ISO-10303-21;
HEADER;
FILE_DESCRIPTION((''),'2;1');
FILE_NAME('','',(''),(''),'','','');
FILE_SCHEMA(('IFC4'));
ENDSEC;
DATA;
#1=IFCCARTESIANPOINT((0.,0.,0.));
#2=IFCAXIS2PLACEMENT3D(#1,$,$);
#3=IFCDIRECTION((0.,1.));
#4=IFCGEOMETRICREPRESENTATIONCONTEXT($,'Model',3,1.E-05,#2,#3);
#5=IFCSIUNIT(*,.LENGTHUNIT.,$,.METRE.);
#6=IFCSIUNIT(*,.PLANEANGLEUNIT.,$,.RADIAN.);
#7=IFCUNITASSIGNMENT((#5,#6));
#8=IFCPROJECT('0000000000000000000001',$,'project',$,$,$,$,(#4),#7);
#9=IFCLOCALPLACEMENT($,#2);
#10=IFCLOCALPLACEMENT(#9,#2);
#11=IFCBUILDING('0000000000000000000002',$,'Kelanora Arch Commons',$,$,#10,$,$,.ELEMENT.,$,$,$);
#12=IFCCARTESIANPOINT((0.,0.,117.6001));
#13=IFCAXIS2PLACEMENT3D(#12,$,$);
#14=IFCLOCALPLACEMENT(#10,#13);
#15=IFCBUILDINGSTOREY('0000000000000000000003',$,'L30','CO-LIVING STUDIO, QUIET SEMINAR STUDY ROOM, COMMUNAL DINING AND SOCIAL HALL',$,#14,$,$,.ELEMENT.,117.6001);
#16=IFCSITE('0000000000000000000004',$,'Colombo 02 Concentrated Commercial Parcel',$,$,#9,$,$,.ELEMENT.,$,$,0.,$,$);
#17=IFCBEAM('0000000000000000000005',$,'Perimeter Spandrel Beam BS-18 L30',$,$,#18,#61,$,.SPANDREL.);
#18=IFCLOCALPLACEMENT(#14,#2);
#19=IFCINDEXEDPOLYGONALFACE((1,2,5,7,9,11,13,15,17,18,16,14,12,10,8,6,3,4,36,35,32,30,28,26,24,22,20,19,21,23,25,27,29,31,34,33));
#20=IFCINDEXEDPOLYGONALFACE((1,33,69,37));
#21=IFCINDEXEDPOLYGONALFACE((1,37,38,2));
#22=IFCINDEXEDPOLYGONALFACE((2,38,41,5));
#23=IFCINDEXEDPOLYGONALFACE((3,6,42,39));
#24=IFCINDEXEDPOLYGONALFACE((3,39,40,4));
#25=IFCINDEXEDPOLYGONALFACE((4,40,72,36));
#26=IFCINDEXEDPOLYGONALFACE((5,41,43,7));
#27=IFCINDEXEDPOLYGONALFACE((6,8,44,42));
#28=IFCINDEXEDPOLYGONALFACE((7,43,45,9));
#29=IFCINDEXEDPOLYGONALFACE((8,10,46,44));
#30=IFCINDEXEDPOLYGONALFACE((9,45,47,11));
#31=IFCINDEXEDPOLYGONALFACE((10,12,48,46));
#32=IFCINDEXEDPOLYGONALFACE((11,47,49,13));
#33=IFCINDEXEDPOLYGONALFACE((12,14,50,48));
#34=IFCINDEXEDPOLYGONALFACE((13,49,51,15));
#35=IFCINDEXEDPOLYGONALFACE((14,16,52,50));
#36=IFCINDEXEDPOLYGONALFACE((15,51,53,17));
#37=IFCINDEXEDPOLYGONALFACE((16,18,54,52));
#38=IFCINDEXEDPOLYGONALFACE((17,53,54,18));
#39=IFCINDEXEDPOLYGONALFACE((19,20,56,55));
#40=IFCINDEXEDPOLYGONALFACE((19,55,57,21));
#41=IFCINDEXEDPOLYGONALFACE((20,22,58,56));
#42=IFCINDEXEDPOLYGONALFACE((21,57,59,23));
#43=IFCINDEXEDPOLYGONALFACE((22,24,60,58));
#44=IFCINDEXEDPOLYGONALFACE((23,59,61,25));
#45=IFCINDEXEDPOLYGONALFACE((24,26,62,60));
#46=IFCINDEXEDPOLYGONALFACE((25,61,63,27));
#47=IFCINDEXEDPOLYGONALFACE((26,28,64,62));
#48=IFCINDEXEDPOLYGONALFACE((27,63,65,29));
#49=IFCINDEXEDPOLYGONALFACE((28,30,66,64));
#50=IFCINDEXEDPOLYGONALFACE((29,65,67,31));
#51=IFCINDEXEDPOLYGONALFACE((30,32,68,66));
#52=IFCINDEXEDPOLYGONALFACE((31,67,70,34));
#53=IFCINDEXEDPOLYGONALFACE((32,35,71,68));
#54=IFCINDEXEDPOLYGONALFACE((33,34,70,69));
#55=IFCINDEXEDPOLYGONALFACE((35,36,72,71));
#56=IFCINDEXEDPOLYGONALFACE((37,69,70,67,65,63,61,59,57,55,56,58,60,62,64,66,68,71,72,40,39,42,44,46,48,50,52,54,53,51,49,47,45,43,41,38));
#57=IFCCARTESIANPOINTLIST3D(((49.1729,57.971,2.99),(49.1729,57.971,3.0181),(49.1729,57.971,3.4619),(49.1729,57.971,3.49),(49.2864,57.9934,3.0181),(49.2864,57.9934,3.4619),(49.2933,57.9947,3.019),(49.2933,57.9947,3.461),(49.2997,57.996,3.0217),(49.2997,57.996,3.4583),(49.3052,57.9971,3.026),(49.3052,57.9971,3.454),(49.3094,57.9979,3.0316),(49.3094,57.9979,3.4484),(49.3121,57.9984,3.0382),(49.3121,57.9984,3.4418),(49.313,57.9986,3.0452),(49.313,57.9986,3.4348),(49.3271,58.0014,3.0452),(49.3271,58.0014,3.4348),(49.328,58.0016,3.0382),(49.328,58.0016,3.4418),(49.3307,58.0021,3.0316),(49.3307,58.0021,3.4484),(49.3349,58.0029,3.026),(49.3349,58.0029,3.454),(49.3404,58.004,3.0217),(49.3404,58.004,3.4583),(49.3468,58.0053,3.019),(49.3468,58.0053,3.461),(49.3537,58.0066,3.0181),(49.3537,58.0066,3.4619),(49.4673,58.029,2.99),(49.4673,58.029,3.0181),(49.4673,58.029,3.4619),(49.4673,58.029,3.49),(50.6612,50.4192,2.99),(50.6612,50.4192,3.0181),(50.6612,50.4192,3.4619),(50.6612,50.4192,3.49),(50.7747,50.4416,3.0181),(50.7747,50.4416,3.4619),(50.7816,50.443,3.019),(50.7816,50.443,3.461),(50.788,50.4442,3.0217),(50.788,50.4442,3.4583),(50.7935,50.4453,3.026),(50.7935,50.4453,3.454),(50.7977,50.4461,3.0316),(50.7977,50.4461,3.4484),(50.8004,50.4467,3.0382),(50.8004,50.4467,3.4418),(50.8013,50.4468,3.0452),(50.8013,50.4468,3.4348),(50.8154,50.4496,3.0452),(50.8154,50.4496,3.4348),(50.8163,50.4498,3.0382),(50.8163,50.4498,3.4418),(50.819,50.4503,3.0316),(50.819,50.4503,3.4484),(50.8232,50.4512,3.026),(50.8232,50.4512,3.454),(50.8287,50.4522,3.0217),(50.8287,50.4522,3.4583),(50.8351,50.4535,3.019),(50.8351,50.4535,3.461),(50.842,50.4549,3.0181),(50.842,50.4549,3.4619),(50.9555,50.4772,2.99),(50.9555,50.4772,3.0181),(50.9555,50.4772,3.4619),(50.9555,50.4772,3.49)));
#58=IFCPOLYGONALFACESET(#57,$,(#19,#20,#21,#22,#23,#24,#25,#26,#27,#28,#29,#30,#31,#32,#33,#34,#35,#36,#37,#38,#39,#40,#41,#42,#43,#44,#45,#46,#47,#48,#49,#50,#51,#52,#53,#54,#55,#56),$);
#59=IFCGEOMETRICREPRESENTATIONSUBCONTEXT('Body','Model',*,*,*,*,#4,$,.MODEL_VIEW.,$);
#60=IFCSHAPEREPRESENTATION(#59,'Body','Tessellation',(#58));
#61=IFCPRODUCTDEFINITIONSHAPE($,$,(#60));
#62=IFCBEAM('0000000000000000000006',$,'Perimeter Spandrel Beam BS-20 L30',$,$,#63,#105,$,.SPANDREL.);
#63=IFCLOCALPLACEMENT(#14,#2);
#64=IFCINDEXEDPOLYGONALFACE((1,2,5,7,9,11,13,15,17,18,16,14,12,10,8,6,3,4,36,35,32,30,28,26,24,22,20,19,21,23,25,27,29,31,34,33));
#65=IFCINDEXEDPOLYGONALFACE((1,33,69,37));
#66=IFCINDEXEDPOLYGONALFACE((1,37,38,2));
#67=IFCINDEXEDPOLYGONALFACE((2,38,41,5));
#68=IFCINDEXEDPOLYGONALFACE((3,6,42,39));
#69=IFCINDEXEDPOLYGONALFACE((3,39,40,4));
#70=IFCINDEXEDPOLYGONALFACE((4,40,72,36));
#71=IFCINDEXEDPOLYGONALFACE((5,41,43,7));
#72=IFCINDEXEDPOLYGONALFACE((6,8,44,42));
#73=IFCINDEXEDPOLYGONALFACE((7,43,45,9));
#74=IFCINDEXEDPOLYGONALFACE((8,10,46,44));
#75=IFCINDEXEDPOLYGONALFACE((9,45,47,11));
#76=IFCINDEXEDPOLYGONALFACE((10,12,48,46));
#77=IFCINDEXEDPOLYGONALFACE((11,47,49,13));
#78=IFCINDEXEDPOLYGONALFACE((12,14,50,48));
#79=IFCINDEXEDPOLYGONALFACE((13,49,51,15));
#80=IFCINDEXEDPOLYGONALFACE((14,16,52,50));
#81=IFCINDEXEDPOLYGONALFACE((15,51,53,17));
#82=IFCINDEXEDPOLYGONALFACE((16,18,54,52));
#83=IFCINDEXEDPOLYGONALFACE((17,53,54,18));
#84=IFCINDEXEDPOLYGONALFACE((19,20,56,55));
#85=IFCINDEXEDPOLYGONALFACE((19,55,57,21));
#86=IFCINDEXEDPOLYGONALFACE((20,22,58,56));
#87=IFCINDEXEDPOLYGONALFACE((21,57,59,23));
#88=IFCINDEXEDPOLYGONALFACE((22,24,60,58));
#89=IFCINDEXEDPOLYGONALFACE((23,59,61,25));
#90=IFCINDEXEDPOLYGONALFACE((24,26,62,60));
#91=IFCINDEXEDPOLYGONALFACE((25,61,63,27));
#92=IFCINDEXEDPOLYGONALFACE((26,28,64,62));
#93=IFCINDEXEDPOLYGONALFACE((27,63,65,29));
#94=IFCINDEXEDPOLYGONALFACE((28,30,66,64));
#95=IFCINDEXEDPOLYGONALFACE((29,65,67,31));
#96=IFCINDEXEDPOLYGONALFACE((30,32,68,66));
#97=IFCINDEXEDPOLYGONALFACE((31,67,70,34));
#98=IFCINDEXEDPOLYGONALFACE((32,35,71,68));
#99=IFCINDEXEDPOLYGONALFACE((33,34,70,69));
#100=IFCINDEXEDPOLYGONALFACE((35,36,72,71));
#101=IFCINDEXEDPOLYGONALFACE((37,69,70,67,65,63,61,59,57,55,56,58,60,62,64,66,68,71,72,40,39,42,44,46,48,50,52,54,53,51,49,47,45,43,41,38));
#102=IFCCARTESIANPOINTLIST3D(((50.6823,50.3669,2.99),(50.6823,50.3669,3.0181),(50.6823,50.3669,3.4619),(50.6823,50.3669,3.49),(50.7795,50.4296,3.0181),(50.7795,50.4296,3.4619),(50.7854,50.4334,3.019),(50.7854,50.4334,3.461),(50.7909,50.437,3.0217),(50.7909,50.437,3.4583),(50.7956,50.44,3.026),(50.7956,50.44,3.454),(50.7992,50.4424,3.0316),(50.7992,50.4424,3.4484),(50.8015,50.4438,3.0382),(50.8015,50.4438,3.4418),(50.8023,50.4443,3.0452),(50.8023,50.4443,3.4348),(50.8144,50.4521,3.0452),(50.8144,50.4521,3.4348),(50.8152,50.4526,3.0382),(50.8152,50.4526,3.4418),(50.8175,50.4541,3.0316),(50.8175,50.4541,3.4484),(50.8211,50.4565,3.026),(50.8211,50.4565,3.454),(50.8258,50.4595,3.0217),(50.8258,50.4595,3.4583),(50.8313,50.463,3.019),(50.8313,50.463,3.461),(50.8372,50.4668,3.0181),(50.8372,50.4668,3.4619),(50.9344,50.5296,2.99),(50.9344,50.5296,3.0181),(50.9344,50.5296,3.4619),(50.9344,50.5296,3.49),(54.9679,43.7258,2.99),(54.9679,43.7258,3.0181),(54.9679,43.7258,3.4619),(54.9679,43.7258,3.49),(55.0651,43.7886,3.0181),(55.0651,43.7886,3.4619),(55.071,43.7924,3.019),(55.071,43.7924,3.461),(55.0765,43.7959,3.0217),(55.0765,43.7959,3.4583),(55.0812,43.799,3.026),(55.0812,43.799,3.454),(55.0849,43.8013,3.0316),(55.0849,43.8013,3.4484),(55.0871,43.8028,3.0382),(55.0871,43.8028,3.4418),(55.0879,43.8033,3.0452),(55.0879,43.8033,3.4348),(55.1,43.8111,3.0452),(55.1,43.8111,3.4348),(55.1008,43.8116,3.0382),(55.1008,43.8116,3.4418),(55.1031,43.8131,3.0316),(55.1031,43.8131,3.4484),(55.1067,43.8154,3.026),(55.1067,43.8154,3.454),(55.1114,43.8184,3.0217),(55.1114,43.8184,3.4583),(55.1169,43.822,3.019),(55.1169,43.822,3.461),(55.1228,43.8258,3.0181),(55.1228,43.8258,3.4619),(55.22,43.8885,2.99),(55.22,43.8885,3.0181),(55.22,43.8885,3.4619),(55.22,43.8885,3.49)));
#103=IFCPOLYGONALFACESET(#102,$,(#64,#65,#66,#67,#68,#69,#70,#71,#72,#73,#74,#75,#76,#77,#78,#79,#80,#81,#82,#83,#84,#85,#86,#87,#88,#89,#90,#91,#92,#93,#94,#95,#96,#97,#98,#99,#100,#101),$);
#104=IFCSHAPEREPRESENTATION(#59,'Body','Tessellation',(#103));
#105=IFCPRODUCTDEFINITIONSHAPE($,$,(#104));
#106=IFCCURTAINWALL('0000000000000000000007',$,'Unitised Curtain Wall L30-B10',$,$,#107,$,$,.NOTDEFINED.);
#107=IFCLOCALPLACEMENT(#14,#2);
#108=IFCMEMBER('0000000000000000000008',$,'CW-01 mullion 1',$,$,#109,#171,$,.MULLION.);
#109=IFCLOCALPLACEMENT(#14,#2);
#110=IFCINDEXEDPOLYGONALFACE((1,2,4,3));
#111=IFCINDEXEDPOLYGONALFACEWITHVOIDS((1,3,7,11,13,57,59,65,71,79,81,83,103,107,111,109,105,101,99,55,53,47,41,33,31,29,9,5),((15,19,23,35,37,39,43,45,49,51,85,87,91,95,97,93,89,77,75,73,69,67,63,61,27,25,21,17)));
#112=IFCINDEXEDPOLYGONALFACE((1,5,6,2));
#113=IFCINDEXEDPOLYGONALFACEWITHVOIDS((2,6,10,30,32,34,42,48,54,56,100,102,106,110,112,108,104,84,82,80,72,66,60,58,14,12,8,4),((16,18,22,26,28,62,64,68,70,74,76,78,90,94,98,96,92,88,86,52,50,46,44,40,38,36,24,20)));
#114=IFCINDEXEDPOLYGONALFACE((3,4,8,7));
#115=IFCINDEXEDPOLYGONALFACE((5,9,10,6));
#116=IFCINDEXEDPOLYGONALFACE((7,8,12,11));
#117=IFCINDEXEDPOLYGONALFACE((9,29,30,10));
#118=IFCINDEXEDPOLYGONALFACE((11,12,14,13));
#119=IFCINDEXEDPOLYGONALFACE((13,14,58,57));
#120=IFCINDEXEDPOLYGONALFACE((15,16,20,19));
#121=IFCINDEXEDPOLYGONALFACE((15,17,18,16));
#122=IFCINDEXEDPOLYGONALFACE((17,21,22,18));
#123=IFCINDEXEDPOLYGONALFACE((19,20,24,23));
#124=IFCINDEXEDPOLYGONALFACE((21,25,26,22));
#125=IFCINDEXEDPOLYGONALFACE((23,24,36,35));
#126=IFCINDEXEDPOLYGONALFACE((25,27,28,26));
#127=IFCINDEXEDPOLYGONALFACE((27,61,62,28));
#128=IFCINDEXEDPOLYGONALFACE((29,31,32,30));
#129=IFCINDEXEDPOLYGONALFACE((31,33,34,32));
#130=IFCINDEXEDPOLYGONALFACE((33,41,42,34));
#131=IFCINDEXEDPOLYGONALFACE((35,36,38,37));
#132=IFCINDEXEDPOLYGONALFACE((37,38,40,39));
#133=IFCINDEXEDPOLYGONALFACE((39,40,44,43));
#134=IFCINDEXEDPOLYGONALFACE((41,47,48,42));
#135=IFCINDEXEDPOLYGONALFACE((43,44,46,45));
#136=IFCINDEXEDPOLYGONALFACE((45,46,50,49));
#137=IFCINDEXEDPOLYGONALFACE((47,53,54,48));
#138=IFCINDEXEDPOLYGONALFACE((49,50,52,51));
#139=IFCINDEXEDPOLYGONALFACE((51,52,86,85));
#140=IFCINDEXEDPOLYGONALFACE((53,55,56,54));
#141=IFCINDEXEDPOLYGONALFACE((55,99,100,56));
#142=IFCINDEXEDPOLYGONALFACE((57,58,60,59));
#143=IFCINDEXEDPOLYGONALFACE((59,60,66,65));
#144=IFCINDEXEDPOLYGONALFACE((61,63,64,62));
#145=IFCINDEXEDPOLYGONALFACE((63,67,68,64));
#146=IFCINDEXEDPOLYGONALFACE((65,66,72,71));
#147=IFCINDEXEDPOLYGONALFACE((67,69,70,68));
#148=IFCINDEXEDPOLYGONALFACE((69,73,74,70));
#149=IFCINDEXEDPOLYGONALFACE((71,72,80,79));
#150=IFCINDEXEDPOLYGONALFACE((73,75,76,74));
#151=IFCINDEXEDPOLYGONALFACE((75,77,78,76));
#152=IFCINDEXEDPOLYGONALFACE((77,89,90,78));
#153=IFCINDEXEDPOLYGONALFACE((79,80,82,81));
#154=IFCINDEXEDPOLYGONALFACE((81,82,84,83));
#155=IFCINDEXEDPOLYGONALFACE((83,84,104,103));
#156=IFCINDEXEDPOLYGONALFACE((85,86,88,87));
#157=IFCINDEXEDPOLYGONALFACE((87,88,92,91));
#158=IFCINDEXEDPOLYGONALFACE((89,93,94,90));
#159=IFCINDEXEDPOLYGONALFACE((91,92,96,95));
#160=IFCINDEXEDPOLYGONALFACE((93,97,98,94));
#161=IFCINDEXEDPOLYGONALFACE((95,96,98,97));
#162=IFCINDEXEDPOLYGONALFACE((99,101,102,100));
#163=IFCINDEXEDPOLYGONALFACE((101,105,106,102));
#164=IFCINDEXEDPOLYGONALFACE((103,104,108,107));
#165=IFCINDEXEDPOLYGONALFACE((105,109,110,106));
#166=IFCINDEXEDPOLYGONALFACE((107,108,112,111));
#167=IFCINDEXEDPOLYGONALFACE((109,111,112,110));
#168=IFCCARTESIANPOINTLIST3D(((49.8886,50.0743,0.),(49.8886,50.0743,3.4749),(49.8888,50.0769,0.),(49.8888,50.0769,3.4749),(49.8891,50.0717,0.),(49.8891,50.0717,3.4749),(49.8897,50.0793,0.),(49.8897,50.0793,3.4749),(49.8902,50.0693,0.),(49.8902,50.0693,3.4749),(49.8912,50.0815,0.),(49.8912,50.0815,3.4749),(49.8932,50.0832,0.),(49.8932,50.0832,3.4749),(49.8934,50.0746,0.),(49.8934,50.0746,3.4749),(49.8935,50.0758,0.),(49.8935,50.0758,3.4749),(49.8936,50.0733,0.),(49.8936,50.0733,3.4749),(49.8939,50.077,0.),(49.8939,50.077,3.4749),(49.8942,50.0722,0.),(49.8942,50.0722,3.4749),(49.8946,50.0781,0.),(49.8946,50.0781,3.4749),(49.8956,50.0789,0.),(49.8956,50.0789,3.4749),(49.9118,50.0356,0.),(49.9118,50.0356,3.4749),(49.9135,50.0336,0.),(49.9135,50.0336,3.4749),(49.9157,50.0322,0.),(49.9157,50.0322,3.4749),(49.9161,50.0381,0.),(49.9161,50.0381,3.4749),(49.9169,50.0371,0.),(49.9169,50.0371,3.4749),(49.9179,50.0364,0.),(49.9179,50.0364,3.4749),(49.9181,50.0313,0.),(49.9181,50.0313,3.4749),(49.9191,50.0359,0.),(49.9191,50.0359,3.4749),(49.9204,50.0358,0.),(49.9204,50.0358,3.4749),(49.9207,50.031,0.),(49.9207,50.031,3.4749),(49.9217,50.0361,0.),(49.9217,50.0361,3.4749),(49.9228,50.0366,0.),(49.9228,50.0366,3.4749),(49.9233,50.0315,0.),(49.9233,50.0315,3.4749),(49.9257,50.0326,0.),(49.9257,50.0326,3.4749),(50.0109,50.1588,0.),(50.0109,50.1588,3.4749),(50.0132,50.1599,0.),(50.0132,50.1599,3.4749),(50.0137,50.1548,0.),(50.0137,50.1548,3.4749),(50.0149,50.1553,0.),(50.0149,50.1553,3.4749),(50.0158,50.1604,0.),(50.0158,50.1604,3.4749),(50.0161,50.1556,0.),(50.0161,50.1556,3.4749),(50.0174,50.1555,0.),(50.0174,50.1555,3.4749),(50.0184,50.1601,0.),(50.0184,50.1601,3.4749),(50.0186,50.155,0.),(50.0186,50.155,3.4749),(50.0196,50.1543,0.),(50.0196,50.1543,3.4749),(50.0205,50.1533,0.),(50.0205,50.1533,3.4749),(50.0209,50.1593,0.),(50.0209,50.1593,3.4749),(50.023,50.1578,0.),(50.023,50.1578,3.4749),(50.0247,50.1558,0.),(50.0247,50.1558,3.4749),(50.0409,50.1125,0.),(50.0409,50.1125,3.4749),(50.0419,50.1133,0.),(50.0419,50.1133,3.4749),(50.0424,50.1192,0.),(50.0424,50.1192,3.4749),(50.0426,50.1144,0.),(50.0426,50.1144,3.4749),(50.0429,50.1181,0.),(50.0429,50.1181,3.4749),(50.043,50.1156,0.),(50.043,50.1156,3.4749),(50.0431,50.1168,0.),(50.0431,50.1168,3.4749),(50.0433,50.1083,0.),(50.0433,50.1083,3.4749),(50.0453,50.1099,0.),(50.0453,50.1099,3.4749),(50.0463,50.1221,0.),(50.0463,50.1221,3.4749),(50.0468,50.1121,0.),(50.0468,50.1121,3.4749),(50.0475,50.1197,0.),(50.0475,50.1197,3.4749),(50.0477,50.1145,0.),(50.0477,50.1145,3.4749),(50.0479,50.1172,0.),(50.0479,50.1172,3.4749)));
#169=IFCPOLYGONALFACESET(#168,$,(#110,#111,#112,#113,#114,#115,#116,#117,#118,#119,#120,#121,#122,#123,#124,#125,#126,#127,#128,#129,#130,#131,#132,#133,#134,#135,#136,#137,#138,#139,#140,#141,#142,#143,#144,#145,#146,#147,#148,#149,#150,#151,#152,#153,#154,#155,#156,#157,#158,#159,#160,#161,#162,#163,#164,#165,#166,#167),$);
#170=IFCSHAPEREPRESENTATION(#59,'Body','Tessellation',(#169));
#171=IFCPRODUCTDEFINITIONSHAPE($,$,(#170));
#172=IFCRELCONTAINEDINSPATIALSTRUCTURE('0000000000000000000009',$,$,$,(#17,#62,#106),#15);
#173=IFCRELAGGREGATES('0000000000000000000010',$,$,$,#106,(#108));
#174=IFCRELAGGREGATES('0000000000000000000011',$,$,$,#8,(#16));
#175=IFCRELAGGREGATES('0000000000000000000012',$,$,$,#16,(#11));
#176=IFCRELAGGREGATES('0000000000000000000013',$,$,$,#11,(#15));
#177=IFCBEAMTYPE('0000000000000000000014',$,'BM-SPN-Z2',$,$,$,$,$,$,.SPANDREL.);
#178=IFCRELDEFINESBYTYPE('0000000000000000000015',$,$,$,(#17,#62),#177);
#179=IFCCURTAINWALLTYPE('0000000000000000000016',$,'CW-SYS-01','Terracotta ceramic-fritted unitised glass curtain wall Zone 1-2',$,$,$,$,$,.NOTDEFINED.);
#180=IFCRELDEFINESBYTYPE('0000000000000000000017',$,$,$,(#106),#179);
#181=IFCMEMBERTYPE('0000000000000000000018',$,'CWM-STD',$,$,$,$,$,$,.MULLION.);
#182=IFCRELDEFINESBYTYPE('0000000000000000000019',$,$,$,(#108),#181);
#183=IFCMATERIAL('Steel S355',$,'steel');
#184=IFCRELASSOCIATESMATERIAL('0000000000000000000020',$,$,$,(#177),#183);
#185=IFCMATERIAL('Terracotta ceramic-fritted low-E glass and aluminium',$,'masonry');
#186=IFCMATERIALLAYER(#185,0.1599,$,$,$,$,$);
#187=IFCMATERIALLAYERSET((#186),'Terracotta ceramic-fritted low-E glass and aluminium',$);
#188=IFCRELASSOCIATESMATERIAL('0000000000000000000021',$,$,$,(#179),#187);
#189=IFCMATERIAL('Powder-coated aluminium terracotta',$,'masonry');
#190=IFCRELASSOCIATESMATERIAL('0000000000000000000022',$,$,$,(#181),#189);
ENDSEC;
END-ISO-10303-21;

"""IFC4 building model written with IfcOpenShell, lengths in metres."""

from ifc_helpers import new_model, si_unit, direction, frame, origin, origin_2d, place, context, subcontext, project, spatial, hollow_rectangle, i_section, extrude, material, layer, layer_set, material_profile, profile_set, type_object, element, aggregate, save


model = new_model("IFC4")

# Units and contexts
model_context = context("Model", 3, precision=1e-05, world=origin(), true_north=direction((0.0, 1.0)))
body_context = subcontext(model_context, "Body", "Model", "MODEL_VIEW")
ifc_project = project(units=[si_unit("LENGTHUNIT", "METRE"), si_unit("PLANEANGLEUNIT", "RADIAN")], contexts=[model_context])

# Site, building, storey
site_placement = place(None, origin())
site = spatial("IfcSite", under=ifc_project, at=site_placement, Name="Colombo 02 Concentrated Commercial Parcel", CompositionType="ELEMENT", RefElevation=0.0)
building_placement = place(site_placement, origin())
building = spatial("IfcBuilding", under=site, at=building_placement, Name="Kelanora Arch Commons", CompositionType="ELEMENT")
storey_placement = place(building_placement, frame((0.0, 0.0, 117.6001)))
storey = spatial("IfcBuildingStorey", under=building, at=storey_placement, Name="L30", Description="CO-LIVING STUDIO, QUIET SEMINAR STUDY ROOM, COMMUNAL DINING AND SOCIAL HALL", CompositionType="ELEMENT", Elevation=117.6001)

# Beams
ifc_material_1 = material(Name="Steel S355", Category="steel")
ifc_material_profile_1 = material_profile(ifc_material_1, i_section(OverallWidth=0.3, OverallDepth=0.5, WebThickness=0.0144, FlangeThickness=0.0281, FilletRadius=0.0271, at=origin_2d()), Name="HEB500")
ifc_profile_set_1 = profile_set([ifc_material_profile_1], Name="Steel S355")
beam_type_1 = type_object("IfcBeamType", Name="BM-SPN-Z2", PredefinedType="SPANDREL", material=ifc_profile_set_1)
beam_1_placement = place(storey_placement, frame((49.3201, 58.0, 3.24), z_axis=(0.193358, -0.981128, 0.0), x_axis=(0.981128, 0.193358, 0.0)))
element("IfcBeam", 1, at=beam_1_placement, inside=storey, type_object=beam_type_1, Name="Perimeter Spandrel Beam BS-18 L30", PredefinedType="SPANDREL", context=body_context, shape_type="SweptSolid", body=[
    extrude(i_section(OverallWidth=0.3, OverallDepth=0.5, WebThickness=0.0144, FlangeThickness=0.0281, FilletRadius=0.0271, at=origin_2d()), origin(), (0.0, 0.0, 1.0), 7.697),
])
beam_2_placement = place(storey_placement, frame((50.8083, 50.4482, 3.24), z_axis=(0.542221, -0.840236, 0.0), x_axis=(0.840236, 0.542221, 0.0)))
element("IfcBeam", 2, at=beam_2_placement, inside=storey, type_object=beam_type_1, Name="Perimeter Spandrel Beam BS-20 L30", PredefinedType="SPANDREL", context=body_context, shape_type="SweptSolid", body=[
    extrude(i_section(OverallWidth=0.3, OverallDepth=0.5, WebThickness=0.0144, FlangeThickness=0.0281, FilletRadius=0.0271, at=origin_2d()), origin(), (0.0, 0.0, 1.0), 7.9038),
])

# Curtain wall, member
ifc_material_2 = material(Name="Terracotta ceramic-fritted low-E glass and aluminium", Category="masonry")
ifc_layer_1 = layer(ifc_material_2, 0.1599)
ifc_layer_set_1 = layer_set([ifc_layer_1], Name="Terracotta ceramic-fritted low-E glass and aluminium")
curtain_wall_type = type_object("IfcCurtainWallType", Name="CW-SYS-01", Description="Terracotta ceramic-fritted unitised glass curtain wall Zone 1-2", PredefinedType="NOTDEFINED", material=ifc_layer_set_1)
curtain_wall_placement = place(storey_placement, origin())
curtain_wall = element("IfcCurtainWall", 3, at=curtain_wall_placement, inside=storey, type_object=curtain_wall_type, Name="Unitised Curtain Wall L30-B10", PredefinedType="NOTDEFINED")
ifc_material_3 = material(Name="Powder-coated aluminium terracotta", Category="masonry")
ifc_material_profile_2 = material_profile(ifc_material_3, hollow_rectangle(XDim=0.1599, YDim=0.0601, WallThickness=0.0049, InnerFilletRadius=0.0049, OuterFilletRadius=0.01, at=origin_2d()), Name="CWM160x60")
ifc_profile_set_2 = profile_set([ifc_material_profile_2], Name="Powder-coated aluminium terracotta")
member_type_1 = type_object("IfcMemberType", Name="CWM-STD", PredefinedType="MULLION", material=ifc_profile_set_2)
member_1_placement = place(storey_placement, frame((49.9683, 50.0957, 0.0), z_axis=(0.0, 0.0, 1.0), x_axis=(0.841269, 0.540617, 0.0)))
member_1 = element("IfcMember", 4, at=member_1_placement, type_object=member_type_1, Name="CW-01 mullion 1", PredefinedType="MULLION", context=body_context, shape_type="SweptSolid", body=[
    extrude(hollow_rectangle(XDim=0.1599, YDim=0.0601, WallThickness=0.0049, InnerFilletRadius=0.0049, OuterFilletRadius=0.01, at=origin_2d()), origin(), (0.0, 0.0, 1.0), 3.4749),
])

aggregate(curtain_wall, [member_1])

save(model, "model.ifc")
